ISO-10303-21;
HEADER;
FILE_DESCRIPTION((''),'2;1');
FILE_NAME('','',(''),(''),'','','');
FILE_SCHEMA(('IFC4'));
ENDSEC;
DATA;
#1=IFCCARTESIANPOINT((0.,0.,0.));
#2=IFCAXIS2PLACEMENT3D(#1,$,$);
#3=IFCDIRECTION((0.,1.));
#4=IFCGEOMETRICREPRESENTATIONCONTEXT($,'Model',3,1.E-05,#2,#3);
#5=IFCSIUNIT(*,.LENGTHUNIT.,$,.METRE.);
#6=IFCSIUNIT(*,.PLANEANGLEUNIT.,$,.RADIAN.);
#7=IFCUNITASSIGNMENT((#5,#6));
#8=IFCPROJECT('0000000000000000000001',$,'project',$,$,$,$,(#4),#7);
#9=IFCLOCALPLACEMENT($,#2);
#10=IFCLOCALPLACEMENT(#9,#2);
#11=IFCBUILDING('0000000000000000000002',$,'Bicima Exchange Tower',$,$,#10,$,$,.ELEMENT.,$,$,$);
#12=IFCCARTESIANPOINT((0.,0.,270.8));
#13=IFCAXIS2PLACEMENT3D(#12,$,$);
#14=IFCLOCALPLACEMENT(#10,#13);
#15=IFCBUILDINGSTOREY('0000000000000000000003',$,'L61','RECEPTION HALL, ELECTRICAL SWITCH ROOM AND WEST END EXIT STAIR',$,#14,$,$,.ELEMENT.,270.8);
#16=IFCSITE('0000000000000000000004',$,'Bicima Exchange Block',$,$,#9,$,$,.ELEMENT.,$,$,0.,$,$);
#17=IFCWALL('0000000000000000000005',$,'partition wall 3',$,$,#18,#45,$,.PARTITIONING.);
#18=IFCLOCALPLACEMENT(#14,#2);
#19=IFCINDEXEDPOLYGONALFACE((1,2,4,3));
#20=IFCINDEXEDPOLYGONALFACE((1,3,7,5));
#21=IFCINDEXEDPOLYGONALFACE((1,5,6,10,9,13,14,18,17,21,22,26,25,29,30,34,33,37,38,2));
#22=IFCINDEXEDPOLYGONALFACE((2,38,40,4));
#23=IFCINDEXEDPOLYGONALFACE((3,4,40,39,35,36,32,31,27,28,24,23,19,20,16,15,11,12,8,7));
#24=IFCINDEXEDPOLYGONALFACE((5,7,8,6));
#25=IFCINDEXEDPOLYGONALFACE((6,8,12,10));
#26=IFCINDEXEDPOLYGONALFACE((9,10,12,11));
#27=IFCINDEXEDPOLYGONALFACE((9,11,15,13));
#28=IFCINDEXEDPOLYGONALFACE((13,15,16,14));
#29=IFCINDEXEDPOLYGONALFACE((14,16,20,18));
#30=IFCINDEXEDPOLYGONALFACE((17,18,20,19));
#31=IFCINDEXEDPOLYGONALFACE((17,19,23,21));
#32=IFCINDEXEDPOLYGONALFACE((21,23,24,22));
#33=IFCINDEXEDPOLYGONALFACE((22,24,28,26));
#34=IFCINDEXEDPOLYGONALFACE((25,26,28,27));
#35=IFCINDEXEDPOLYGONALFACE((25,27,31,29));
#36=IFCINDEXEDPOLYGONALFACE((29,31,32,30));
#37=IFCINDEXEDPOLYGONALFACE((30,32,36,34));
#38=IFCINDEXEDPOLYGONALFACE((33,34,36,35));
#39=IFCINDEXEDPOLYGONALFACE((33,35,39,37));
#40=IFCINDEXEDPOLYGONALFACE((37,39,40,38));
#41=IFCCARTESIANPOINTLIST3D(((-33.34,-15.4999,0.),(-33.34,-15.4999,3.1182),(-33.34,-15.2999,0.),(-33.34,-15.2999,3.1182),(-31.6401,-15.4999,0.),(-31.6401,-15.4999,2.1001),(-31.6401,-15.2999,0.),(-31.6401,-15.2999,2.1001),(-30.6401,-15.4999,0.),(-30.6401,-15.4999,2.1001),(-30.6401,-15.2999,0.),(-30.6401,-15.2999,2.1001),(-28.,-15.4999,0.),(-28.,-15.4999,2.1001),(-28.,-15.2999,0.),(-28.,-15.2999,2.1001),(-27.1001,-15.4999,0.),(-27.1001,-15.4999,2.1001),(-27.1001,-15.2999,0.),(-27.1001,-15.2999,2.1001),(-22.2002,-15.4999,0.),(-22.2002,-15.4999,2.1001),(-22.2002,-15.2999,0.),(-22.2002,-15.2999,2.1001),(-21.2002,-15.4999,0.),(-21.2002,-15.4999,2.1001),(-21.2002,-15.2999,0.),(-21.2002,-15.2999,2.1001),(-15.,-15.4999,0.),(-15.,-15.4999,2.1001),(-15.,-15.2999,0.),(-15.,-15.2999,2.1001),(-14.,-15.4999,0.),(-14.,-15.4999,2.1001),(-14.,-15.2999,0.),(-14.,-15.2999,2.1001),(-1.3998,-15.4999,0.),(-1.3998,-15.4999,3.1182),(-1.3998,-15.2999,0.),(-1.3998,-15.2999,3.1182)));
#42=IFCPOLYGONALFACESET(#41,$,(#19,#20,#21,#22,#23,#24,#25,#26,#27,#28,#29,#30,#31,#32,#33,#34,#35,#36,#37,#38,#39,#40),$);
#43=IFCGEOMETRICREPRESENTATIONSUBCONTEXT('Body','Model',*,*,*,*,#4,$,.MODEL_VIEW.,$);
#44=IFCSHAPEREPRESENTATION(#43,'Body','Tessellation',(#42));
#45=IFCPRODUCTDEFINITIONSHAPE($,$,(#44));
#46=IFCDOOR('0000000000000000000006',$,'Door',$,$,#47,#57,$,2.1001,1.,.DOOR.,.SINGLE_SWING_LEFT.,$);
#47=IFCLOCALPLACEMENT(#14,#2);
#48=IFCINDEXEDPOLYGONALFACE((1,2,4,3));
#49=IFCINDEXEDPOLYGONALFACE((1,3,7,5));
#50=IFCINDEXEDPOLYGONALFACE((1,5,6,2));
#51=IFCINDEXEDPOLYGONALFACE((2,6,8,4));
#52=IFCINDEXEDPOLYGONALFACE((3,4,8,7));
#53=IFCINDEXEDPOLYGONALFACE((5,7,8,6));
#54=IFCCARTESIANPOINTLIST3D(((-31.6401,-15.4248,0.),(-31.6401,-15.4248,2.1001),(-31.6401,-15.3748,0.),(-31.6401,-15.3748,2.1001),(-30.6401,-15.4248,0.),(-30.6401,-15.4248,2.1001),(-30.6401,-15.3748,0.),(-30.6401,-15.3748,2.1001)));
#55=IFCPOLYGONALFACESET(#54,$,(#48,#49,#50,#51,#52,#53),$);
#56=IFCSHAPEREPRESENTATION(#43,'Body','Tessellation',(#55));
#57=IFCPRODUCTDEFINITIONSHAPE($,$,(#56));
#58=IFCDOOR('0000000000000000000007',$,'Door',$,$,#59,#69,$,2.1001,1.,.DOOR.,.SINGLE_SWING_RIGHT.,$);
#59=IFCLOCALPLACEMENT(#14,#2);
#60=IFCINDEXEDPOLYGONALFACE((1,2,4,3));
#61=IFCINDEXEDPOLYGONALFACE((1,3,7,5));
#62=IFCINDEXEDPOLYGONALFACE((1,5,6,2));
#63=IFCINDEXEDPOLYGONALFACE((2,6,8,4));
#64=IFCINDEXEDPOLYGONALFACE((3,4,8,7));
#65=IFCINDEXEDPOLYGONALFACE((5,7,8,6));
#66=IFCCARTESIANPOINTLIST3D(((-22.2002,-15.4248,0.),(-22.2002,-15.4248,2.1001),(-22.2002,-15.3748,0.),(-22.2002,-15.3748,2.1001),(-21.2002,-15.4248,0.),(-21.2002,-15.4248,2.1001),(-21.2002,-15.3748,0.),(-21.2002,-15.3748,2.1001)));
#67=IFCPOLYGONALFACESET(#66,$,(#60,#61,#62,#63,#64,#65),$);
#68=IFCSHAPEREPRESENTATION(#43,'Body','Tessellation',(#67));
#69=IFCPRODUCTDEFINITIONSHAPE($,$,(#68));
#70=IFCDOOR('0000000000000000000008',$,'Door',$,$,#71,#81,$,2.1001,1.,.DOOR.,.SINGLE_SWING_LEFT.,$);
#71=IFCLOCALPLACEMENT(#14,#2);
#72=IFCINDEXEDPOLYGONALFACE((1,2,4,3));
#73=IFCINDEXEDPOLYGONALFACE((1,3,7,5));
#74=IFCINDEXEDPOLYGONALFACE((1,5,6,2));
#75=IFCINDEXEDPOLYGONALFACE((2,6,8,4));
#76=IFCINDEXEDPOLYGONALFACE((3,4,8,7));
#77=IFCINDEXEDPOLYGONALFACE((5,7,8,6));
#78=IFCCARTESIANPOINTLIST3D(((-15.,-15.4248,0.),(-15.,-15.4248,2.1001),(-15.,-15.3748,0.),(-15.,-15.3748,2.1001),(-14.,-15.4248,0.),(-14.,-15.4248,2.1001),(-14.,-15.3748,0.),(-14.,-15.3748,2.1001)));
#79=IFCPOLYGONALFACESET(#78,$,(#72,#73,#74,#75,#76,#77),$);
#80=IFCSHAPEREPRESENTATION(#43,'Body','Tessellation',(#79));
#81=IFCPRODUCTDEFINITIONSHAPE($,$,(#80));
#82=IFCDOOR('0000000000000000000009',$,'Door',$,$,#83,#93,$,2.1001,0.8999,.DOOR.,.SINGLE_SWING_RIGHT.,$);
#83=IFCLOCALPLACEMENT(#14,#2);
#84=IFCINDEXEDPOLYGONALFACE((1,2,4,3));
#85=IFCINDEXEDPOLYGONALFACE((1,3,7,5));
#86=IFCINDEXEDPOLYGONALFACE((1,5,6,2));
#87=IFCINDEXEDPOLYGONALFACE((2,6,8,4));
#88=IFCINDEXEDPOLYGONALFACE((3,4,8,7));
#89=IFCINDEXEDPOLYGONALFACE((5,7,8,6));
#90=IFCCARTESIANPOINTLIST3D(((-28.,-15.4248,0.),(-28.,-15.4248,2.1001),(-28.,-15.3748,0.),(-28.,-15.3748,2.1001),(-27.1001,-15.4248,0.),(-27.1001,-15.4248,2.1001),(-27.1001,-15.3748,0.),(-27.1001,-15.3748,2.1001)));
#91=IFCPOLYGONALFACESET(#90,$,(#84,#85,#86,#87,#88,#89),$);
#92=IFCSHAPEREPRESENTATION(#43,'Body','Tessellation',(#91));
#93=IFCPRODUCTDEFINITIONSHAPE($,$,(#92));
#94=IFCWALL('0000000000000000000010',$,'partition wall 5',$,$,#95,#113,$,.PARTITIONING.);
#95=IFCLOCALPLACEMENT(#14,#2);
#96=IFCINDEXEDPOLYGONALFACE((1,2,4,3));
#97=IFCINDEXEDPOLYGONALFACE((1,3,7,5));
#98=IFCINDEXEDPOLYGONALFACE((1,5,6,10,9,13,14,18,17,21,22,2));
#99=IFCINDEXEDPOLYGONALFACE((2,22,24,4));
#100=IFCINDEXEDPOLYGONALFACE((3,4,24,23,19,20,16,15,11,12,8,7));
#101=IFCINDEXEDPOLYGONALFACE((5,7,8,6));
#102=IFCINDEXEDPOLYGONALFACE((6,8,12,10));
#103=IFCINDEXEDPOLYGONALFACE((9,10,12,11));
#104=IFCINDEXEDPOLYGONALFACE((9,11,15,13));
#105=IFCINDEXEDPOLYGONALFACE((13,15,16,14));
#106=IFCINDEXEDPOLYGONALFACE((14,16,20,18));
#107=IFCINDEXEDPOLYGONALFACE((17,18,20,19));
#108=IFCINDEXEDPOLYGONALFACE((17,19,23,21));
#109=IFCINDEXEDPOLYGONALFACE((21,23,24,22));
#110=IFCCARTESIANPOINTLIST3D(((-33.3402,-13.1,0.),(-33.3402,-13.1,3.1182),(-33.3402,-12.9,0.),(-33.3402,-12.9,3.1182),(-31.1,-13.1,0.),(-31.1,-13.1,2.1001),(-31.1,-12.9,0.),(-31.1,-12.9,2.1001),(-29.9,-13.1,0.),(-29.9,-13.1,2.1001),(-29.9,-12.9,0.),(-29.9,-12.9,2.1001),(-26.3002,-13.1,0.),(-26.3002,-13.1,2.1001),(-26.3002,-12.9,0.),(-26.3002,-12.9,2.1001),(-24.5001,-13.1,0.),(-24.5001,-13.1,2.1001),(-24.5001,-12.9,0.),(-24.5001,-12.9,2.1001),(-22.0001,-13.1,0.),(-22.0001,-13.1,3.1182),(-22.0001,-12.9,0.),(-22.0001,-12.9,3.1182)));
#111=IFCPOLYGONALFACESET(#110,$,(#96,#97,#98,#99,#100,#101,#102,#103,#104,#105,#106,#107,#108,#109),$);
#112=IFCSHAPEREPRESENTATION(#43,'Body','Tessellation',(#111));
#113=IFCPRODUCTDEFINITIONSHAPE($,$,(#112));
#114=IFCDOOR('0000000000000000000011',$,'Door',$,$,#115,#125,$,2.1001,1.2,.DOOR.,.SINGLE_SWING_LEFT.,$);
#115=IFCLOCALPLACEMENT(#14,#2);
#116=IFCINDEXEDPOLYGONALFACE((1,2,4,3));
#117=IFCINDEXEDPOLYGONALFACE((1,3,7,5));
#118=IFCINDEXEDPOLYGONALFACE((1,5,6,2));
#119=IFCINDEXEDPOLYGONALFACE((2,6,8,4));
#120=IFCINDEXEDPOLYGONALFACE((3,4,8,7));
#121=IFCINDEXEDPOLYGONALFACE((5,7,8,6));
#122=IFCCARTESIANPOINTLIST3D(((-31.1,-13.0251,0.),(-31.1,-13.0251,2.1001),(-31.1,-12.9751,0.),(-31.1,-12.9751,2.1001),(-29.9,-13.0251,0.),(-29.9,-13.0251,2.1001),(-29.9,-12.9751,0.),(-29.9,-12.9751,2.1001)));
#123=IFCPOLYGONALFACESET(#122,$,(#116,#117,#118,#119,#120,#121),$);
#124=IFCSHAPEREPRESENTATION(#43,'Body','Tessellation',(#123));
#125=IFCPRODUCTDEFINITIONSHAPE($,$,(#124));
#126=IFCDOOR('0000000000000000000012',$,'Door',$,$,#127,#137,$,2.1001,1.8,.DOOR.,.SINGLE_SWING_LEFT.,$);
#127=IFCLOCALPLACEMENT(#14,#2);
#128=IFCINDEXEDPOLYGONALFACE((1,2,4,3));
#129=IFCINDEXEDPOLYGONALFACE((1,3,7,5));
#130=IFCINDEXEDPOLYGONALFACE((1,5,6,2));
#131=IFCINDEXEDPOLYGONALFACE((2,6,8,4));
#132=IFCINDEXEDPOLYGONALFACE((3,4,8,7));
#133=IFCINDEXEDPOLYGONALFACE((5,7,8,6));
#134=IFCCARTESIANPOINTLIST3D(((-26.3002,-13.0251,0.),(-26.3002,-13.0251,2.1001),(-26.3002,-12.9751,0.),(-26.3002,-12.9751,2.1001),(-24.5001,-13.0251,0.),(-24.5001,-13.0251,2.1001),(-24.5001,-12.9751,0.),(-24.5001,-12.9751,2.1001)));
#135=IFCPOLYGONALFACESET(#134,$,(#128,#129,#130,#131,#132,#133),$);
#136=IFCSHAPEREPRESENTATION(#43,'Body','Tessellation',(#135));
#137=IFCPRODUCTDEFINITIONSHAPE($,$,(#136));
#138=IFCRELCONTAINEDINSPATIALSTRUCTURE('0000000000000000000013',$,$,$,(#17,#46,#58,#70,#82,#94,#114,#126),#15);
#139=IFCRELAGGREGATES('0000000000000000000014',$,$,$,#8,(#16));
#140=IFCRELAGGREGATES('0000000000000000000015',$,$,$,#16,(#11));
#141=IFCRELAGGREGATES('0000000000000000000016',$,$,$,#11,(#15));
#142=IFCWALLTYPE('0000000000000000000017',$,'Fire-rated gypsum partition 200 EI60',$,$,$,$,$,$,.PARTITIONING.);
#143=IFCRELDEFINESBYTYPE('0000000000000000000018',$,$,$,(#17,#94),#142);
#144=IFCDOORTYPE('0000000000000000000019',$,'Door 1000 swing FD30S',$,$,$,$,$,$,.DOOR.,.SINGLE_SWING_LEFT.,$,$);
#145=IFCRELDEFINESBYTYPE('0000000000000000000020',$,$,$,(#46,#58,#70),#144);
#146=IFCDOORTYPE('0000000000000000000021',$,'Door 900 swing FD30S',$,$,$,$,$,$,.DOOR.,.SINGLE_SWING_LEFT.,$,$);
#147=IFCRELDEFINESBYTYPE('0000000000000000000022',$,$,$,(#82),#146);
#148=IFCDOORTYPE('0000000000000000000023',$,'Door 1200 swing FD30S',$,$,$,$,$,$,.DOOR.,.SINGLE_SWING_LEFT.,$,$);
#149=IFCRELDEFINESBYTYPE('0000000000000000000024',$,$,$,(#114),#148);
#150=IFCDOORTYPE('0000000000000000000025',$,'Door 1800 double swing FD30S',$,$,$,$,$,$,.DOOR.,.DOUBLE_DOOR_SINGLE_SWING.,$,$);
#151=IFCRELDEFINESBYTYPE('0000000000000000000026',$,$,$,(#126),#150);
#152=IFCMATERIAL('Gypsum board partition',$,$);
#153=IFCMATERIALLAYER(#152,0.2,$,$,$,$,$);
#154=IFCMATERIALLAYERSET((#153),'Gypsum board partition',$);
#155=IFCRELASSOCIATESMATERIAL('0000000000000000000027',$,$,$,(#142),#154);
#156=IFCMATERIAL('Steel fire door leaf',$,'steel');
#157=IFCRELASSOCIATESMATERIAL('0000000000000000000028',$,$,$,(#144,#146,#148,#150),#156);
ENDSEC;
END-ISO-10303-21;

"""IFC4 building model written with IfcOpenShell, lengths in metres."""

from ifc_helpers import new_model, si_unit, direction, frame, frame_2d, origin, place, context, subcontext, project, spatial, rectangle, extrude, material, layer, layer_set, type_object, element, fill, save


model = new_model("IFC4")

# Units and contexts
model_context = context("Model", 3, precision=1e-05, world=origin(), true_north=direction((0.0, 1.0)))
body_context = subcontext(model_context, "Body", "Model", "MODEL_VIEW")
ifc_project = project(units=[si_unit("LENGTHUNIT", "METRE"), si_unit("PLANEANGLEUNIT", "RADIAN")], contexts=[model_context])

# Site, building, storey
site_placement = place(None, origin())
site = spatial("IfcSite", under=ifc_project, at=site_placement, Name="Bicima Exchange Block", CompositionType="ELEMENT", RefElevation=0.0)
building_placement = place(site_placement, origin())
building = spatial("IfcBuilding", under=site, at=building_placement, Name="Bicima Exchange Tower", CompositionType="ELEMENT")
storey_placement = place(building_placement, frame((0.0, 0.0, 270.8)))
storey = spatial("IfcBuildingStorey", under=building, at=storey_placement, Name="L61", Description="RECEPTION HALL, ELECTRICAL SWITCH ROOM AND WEST END EXIT STAIR", CompositionType="ELEMENT", Elevation=270.8)

# Walls, openings, doors
ifc_material_1 = material(Name="Gypsum board partition")
ifc_layer_1 = layer(ifc_material_1, 0.2)
ifc_layer_set_1 = layer_set([ifc_layer_1], Name="Gypsum board partition")
wall_type = type_object("IfcWallType", Name="Fire-rated gypsum partition 200 EI60", PredefinedType="PARTITIONING", material=ifc_layer_set_1)
wall_1_placement = place(storey_placement, frame((-33.3401, -15.3999, 0.0), z_axis=(0.0, 0.0, 1.0), x_axis=(1.0, 0.0, 0.0)))
wall_1 = element("IfcWall", 1, at=wall_1_placement, inside=storey, type_object=wall_type, Name="partition wall 3", PredefinedType="PARTITIONING", context=body_context, shape_type="SweptSolid", body=[
    extrude(rectangle(XDim=31.9402, YDim=0.2, at=frame_2d((15.9702, 0.0))), origin(), (0.0, 0.0, 1.0), 3.1182),
])
opening_1_placement = place(wall_1_placement, frame((1.7, 0.0, 0.0)))
opening_1 = element("IfcOpeningElement", 2, at=opening_1_placement, cuts=wall_1, PredefinedType="OPENING", context=body_context, shape_type="SweptSolid", body=[
    extrude(rectangle(XDim=1.0, YDim=2.1001, at=frame_2d((0.5, 1.05))), frame((0.0, 0.1118, 0.0), z_axis=(0.0, -1.0, 0.0), x_axis=(1.0, 0.0, 0.0)), (0.0, 0.0, 1.0), 0.2239),
])
opening_2_placement = place(wall_1_placement, frame((5.3401, 0.0, 0.0)))
opening_2 = element("IfcOpeningElement", 3, at=opening_2_placement, cuts=wall_1, PredefinedType="OPENING", context=body_context, shape_type="SweptSolid", body=[
    extrude(rectangle(XDim=0.8999, YDim=2.1001, at=frame_2d((0.45, 1.05))), frame((0.0, 0.1118, 0.0), z_axis=(0.0, -1.0, 0.0), x_axis=(1.0, 0.0, 0.0)), (0.0, 0.0, 1.0), 0.2239),
])
opening_3_placement = place(wall_1_placement, frame((11.1399, 0.0, 0.0)))
opening_3 = element("IfcOpeningElement", 4, at=opening_3_placement, cuts=wall_1, PredefinedType="OPENING", context=body_context, shape_type="SweptSolid", body=[
    extrude(rectangle(XDim=1.0, YDim=2.1001, at=frame_2d((0.5, 1.05))), frame((0.0, 0.1118, 0.0), z_axis=(0.0, -1.0, 0.0), x_axis=(1.0, 0.0, 0.0)), (0.0, 0.0, 1.0), 0.2239),
])
opening_4_placement = place(wall_1_placement, frame((18.3401, 0.0, 0.0)))
opening_4 = element("IfcOpeningElement", 5, at=opening_4_placement, cuts=wall_1, PredefinedType="OPENING", context=body_context, shape_type="SweptSolid", body=[
    extrude(rectangle(XDim=1.0, YDim=2.1001, at=frame_2d((0.5, 1.05))), frame((0.0, 0.1118, 0.0), z_axis=(0.0, -1.0, 0.0), x_axis=(1.0, 0.0, 0.0)), (0.0, 0.0, 1.0), 0.2239),
])
ifc_material_2 = material(Name="Steel fire door leaf", Category="steel")
door_type_1 = type_object("IfcDoorType", Name="Door 1000 swing FD30S", OperationType="SINGLE_SWING_LEFT", PredefinedType="DOOR", material=ifc_material_2)
door_1_placement = place(opening_1_placement, frame((1.0, 0.0, 0.0), z_axis=(0.0, 0.0, 1.0), x_axis=(-1.0, 0.0, 0.0)))
door_1 = element("IfcDoor", 6, at=door_1_placement, inside=storey, type_object=door_type_1, Name="Door", OperationType="SINGLE_SWING_LEFT", OverallHeight=2.1001, OverallWidth=1.0, PredefinedType="DOOR", context=body_context, shape_type="SweptSolid", body=[
    extrude(rectangle(XDim=1.0, YDim=2.1001, at=frame_2d((0.5, 1.05))), frame((0.0, 0.0249, 0.0), z_axis=(0.0, -1.0, 0.0), x_axis=(1.0, 0.0, 0.0)), (0.0, 0.0, 1.0), 0.05),
])
fill(opening_1, door_1)
door_2_placement = place(opening_3_placement, frame((1.0, 0.0, 0.0), z_axis=(0.0, 0.0, 1.0), x_axis=(-1.0, 0.0, 0.0)))
door_2 = element("IfcDoor", 7, at=door_2_placement, inside=storey, type_object=door_type_1, Name="Door", OperationType="SINGLE_SWING_RIGHT", OverallHeight=2.1001, OverallWidth=1.0, PredefinedType="DOOR", context=body_context, shape_type="SweptSolid", body=[
    extrude(rectangle(XDim=1.0, YDim=2.1001, at=frame_2d((0.5, 1.05))), frame((0.0, 0.0249, 0.0), z_axis=(0.0, -1.0, 0.0), x_axis=(1.0, 0.0, 0.0)), (0.0, 0.0, 1.0), 0.05),
])
fill(opening_3, door_2)
door_3_placement = place(opening_4_placement, frame((1.0, 0.0, 0.0), z_axis=(0.0, 0.0, 1.0), x_axis=(-1.0, 0.0, 0.0)))
door_3 = element("IfcDoor", 8, at=door_3_placement, inside=storey, type_object=door_type_1, Name="Door", OperationType="SINGLE_SWING_LEFT", OverallHeight=2.1001, OverallWidth=1.0, PredefinedType="DOOR", context=body_context, shape_type="SweptSolid", body=[
    extrude(rectangle(XDim=1.0, YDim=2.1001, at=frame_2d((0.5, 1.05))), frame((0.0, 0.0249, 0.0), z_axis=(0.0, -1.0, 0.0), x_axis=(1.0, 0.0, 0.0)), (0.0, 0.0, 1.0), 0.05),
])
fill(opening_4, door_3)
door_type_2 = type_object("IfcDoorType", Name="Door 900 swing FD30S", OperationType="SINGLE_SWING_LEFT", PredefinedType="DOOR", material=ifc_material_2)
door_4_placement = place(opening_2_placement, frame((0.8999, 0.0, 0.0), z_axis=(0.0, 0.0, 1.0), x_axis=(-1.0, 0.0, 0.0)))
door_4 = element("IfcDoor", 9, at=door_4_placement, inside=storey, type_object=door_type_2, Name="Door", OperationType="SINGLE_SWING_RIGHT", OverallHeight=2.1001, OverallWidth=0.8999, PredefinedType="DOOR", context=body_context, shape_type="SweptSolid", body=[
    extrude(rectangle(XDim=0.8999, YDim=2.1001, at=frame_2d((0.45, 1.05))), frame((0.0, 0.0249, 0.0), z_axis=(0.0, -1.0, 0.0), x_axis=(1.0, 0.0, 0.0)), (0.0, 0.0, 1.0), 0.05),
])
fill(opening_2, door_4)
wall_2_placement = place(storey_placement, frame((-33.3401, -13.0, 0.0), z_axis=(0.0, 0.0, 1.0), x_axis=(1.0, 0.0, 0.0)))
wall_2 = element("IfcWall", 10, at=wall_2_placement, inside=storey, type_object=wall_type, Name="partition wall 5", PredefinedType="PARTITIONING", context=body_context, shape_type="SweptSolid", body=[
    extrude(rectangle(XDim=11.3401, YDim=0.2, at=frame_2d((5.6699, 0.0))), origin(), (0.0, 0.0, 1.0), 3.1182),
])
opening_5_placement = place(wall_2_placement, frame((2.24, 0.0, 0.0)))
opening_5 = element("IfcOpeningElement", 11, at=opening_5_placement, cuts=wall_2, PredefinedType="OPENING", context=body_context, shape_type="SweptSolid", body=[
    extrude(rectangle(XDim=1.2, YDim=2.1001, at=frame_2d((0.6001, 1.05))), frame((0.0, 0.1118, 0.0), z_axis=(0.0, -1.0, 0.0), x_axis=(1.0, 0.0, 0.0)), (0.0, 0.0, 1.0), 0.2239),
])
opening_6_placement = place(wall_2_placement, frame((7.04, 0.0, 0.0)))
opening_6 = element("IfcOpeningElement", 12, at=opening_6_placement, cuts=wall_2, PredefinedType="OPENING", context=body_context, shape_type="SweptSolid", body=[
    extrude(rectangle(XDim=1.8, YDim=2.1001, at=frame_2d((0.8999, 1.05))), frame((0.0, 0.1118, 0.0), z_axis=(0.0, -1.0, 0.0), x_axis=(1.0, 0.0, 0.0)), (0.0, 0.0, 1.0), 0.2239),
])
door_type_3 = type_object("IfcDoorType", Name="Door 1200 swing FD30S", OperationType="SINGLE_SWING_LEFT", PredefinedType="DOOR", material=ifc_material_2)
door_5_placement = place(opening_5_placement, origin())
door_5 = element("IfcDoor", 13, at=door_5_placement, inside=storey, type_object=door_type_3, Name="Door", OperationType="SINGLE_SWING_LEFT", OverallHeight=2.1001, OverallWidth=1.2, PredefinedType="DOOR", context=body_context, shape_type="SweptSolid", body=[
    extrude(rectangle(XDim=1.2, YDim=2.1001, at=frame_2d((0.6001, 1.05))), frame((0.0, 0.0249, 0.0), z_axis=(0.0, -1.0, 0.0), x_axis=(1.0, 0.0, 0.0)), (0.0, 0.0, 1.0), 0.05),
])
fill(opening_5, door_5)
door_type_4 = type_object("IfcDoorType", Name="Door 1800 double swing FD30S", OperationType="DOUBLE_DOOR_SINGLE_SWING", PredefinedType="DOOR", material=ifc_material_2)
door_6_placement = place(opening_6_placement, origin())
door_6 = element("IfcDoor", 14, at=door_6_placement, inside=storey, type_object=door_type_4, Name="Door", OperationType="SINGLE_SWING_LEFT", OverallHeight=2.1001, OverallWidth=1.8, PredefinedType="DOOR", context=body_context, shape_type="SweptSolid", body=[
    extrude(rectangle(XDim=1.8, YDim=2.1001, at=frame_2d((0.8999, 1.05))), frame((0.0, 0.0249, 0.0), z_axis=(0.0, -1.0, 0.0), x_axis=(1.0, 0.0, 0.0)), (0.0, 0.0, 1.0), 0.05),
])
fill(opening_6, door_6)

save(model, "model.ifc")
